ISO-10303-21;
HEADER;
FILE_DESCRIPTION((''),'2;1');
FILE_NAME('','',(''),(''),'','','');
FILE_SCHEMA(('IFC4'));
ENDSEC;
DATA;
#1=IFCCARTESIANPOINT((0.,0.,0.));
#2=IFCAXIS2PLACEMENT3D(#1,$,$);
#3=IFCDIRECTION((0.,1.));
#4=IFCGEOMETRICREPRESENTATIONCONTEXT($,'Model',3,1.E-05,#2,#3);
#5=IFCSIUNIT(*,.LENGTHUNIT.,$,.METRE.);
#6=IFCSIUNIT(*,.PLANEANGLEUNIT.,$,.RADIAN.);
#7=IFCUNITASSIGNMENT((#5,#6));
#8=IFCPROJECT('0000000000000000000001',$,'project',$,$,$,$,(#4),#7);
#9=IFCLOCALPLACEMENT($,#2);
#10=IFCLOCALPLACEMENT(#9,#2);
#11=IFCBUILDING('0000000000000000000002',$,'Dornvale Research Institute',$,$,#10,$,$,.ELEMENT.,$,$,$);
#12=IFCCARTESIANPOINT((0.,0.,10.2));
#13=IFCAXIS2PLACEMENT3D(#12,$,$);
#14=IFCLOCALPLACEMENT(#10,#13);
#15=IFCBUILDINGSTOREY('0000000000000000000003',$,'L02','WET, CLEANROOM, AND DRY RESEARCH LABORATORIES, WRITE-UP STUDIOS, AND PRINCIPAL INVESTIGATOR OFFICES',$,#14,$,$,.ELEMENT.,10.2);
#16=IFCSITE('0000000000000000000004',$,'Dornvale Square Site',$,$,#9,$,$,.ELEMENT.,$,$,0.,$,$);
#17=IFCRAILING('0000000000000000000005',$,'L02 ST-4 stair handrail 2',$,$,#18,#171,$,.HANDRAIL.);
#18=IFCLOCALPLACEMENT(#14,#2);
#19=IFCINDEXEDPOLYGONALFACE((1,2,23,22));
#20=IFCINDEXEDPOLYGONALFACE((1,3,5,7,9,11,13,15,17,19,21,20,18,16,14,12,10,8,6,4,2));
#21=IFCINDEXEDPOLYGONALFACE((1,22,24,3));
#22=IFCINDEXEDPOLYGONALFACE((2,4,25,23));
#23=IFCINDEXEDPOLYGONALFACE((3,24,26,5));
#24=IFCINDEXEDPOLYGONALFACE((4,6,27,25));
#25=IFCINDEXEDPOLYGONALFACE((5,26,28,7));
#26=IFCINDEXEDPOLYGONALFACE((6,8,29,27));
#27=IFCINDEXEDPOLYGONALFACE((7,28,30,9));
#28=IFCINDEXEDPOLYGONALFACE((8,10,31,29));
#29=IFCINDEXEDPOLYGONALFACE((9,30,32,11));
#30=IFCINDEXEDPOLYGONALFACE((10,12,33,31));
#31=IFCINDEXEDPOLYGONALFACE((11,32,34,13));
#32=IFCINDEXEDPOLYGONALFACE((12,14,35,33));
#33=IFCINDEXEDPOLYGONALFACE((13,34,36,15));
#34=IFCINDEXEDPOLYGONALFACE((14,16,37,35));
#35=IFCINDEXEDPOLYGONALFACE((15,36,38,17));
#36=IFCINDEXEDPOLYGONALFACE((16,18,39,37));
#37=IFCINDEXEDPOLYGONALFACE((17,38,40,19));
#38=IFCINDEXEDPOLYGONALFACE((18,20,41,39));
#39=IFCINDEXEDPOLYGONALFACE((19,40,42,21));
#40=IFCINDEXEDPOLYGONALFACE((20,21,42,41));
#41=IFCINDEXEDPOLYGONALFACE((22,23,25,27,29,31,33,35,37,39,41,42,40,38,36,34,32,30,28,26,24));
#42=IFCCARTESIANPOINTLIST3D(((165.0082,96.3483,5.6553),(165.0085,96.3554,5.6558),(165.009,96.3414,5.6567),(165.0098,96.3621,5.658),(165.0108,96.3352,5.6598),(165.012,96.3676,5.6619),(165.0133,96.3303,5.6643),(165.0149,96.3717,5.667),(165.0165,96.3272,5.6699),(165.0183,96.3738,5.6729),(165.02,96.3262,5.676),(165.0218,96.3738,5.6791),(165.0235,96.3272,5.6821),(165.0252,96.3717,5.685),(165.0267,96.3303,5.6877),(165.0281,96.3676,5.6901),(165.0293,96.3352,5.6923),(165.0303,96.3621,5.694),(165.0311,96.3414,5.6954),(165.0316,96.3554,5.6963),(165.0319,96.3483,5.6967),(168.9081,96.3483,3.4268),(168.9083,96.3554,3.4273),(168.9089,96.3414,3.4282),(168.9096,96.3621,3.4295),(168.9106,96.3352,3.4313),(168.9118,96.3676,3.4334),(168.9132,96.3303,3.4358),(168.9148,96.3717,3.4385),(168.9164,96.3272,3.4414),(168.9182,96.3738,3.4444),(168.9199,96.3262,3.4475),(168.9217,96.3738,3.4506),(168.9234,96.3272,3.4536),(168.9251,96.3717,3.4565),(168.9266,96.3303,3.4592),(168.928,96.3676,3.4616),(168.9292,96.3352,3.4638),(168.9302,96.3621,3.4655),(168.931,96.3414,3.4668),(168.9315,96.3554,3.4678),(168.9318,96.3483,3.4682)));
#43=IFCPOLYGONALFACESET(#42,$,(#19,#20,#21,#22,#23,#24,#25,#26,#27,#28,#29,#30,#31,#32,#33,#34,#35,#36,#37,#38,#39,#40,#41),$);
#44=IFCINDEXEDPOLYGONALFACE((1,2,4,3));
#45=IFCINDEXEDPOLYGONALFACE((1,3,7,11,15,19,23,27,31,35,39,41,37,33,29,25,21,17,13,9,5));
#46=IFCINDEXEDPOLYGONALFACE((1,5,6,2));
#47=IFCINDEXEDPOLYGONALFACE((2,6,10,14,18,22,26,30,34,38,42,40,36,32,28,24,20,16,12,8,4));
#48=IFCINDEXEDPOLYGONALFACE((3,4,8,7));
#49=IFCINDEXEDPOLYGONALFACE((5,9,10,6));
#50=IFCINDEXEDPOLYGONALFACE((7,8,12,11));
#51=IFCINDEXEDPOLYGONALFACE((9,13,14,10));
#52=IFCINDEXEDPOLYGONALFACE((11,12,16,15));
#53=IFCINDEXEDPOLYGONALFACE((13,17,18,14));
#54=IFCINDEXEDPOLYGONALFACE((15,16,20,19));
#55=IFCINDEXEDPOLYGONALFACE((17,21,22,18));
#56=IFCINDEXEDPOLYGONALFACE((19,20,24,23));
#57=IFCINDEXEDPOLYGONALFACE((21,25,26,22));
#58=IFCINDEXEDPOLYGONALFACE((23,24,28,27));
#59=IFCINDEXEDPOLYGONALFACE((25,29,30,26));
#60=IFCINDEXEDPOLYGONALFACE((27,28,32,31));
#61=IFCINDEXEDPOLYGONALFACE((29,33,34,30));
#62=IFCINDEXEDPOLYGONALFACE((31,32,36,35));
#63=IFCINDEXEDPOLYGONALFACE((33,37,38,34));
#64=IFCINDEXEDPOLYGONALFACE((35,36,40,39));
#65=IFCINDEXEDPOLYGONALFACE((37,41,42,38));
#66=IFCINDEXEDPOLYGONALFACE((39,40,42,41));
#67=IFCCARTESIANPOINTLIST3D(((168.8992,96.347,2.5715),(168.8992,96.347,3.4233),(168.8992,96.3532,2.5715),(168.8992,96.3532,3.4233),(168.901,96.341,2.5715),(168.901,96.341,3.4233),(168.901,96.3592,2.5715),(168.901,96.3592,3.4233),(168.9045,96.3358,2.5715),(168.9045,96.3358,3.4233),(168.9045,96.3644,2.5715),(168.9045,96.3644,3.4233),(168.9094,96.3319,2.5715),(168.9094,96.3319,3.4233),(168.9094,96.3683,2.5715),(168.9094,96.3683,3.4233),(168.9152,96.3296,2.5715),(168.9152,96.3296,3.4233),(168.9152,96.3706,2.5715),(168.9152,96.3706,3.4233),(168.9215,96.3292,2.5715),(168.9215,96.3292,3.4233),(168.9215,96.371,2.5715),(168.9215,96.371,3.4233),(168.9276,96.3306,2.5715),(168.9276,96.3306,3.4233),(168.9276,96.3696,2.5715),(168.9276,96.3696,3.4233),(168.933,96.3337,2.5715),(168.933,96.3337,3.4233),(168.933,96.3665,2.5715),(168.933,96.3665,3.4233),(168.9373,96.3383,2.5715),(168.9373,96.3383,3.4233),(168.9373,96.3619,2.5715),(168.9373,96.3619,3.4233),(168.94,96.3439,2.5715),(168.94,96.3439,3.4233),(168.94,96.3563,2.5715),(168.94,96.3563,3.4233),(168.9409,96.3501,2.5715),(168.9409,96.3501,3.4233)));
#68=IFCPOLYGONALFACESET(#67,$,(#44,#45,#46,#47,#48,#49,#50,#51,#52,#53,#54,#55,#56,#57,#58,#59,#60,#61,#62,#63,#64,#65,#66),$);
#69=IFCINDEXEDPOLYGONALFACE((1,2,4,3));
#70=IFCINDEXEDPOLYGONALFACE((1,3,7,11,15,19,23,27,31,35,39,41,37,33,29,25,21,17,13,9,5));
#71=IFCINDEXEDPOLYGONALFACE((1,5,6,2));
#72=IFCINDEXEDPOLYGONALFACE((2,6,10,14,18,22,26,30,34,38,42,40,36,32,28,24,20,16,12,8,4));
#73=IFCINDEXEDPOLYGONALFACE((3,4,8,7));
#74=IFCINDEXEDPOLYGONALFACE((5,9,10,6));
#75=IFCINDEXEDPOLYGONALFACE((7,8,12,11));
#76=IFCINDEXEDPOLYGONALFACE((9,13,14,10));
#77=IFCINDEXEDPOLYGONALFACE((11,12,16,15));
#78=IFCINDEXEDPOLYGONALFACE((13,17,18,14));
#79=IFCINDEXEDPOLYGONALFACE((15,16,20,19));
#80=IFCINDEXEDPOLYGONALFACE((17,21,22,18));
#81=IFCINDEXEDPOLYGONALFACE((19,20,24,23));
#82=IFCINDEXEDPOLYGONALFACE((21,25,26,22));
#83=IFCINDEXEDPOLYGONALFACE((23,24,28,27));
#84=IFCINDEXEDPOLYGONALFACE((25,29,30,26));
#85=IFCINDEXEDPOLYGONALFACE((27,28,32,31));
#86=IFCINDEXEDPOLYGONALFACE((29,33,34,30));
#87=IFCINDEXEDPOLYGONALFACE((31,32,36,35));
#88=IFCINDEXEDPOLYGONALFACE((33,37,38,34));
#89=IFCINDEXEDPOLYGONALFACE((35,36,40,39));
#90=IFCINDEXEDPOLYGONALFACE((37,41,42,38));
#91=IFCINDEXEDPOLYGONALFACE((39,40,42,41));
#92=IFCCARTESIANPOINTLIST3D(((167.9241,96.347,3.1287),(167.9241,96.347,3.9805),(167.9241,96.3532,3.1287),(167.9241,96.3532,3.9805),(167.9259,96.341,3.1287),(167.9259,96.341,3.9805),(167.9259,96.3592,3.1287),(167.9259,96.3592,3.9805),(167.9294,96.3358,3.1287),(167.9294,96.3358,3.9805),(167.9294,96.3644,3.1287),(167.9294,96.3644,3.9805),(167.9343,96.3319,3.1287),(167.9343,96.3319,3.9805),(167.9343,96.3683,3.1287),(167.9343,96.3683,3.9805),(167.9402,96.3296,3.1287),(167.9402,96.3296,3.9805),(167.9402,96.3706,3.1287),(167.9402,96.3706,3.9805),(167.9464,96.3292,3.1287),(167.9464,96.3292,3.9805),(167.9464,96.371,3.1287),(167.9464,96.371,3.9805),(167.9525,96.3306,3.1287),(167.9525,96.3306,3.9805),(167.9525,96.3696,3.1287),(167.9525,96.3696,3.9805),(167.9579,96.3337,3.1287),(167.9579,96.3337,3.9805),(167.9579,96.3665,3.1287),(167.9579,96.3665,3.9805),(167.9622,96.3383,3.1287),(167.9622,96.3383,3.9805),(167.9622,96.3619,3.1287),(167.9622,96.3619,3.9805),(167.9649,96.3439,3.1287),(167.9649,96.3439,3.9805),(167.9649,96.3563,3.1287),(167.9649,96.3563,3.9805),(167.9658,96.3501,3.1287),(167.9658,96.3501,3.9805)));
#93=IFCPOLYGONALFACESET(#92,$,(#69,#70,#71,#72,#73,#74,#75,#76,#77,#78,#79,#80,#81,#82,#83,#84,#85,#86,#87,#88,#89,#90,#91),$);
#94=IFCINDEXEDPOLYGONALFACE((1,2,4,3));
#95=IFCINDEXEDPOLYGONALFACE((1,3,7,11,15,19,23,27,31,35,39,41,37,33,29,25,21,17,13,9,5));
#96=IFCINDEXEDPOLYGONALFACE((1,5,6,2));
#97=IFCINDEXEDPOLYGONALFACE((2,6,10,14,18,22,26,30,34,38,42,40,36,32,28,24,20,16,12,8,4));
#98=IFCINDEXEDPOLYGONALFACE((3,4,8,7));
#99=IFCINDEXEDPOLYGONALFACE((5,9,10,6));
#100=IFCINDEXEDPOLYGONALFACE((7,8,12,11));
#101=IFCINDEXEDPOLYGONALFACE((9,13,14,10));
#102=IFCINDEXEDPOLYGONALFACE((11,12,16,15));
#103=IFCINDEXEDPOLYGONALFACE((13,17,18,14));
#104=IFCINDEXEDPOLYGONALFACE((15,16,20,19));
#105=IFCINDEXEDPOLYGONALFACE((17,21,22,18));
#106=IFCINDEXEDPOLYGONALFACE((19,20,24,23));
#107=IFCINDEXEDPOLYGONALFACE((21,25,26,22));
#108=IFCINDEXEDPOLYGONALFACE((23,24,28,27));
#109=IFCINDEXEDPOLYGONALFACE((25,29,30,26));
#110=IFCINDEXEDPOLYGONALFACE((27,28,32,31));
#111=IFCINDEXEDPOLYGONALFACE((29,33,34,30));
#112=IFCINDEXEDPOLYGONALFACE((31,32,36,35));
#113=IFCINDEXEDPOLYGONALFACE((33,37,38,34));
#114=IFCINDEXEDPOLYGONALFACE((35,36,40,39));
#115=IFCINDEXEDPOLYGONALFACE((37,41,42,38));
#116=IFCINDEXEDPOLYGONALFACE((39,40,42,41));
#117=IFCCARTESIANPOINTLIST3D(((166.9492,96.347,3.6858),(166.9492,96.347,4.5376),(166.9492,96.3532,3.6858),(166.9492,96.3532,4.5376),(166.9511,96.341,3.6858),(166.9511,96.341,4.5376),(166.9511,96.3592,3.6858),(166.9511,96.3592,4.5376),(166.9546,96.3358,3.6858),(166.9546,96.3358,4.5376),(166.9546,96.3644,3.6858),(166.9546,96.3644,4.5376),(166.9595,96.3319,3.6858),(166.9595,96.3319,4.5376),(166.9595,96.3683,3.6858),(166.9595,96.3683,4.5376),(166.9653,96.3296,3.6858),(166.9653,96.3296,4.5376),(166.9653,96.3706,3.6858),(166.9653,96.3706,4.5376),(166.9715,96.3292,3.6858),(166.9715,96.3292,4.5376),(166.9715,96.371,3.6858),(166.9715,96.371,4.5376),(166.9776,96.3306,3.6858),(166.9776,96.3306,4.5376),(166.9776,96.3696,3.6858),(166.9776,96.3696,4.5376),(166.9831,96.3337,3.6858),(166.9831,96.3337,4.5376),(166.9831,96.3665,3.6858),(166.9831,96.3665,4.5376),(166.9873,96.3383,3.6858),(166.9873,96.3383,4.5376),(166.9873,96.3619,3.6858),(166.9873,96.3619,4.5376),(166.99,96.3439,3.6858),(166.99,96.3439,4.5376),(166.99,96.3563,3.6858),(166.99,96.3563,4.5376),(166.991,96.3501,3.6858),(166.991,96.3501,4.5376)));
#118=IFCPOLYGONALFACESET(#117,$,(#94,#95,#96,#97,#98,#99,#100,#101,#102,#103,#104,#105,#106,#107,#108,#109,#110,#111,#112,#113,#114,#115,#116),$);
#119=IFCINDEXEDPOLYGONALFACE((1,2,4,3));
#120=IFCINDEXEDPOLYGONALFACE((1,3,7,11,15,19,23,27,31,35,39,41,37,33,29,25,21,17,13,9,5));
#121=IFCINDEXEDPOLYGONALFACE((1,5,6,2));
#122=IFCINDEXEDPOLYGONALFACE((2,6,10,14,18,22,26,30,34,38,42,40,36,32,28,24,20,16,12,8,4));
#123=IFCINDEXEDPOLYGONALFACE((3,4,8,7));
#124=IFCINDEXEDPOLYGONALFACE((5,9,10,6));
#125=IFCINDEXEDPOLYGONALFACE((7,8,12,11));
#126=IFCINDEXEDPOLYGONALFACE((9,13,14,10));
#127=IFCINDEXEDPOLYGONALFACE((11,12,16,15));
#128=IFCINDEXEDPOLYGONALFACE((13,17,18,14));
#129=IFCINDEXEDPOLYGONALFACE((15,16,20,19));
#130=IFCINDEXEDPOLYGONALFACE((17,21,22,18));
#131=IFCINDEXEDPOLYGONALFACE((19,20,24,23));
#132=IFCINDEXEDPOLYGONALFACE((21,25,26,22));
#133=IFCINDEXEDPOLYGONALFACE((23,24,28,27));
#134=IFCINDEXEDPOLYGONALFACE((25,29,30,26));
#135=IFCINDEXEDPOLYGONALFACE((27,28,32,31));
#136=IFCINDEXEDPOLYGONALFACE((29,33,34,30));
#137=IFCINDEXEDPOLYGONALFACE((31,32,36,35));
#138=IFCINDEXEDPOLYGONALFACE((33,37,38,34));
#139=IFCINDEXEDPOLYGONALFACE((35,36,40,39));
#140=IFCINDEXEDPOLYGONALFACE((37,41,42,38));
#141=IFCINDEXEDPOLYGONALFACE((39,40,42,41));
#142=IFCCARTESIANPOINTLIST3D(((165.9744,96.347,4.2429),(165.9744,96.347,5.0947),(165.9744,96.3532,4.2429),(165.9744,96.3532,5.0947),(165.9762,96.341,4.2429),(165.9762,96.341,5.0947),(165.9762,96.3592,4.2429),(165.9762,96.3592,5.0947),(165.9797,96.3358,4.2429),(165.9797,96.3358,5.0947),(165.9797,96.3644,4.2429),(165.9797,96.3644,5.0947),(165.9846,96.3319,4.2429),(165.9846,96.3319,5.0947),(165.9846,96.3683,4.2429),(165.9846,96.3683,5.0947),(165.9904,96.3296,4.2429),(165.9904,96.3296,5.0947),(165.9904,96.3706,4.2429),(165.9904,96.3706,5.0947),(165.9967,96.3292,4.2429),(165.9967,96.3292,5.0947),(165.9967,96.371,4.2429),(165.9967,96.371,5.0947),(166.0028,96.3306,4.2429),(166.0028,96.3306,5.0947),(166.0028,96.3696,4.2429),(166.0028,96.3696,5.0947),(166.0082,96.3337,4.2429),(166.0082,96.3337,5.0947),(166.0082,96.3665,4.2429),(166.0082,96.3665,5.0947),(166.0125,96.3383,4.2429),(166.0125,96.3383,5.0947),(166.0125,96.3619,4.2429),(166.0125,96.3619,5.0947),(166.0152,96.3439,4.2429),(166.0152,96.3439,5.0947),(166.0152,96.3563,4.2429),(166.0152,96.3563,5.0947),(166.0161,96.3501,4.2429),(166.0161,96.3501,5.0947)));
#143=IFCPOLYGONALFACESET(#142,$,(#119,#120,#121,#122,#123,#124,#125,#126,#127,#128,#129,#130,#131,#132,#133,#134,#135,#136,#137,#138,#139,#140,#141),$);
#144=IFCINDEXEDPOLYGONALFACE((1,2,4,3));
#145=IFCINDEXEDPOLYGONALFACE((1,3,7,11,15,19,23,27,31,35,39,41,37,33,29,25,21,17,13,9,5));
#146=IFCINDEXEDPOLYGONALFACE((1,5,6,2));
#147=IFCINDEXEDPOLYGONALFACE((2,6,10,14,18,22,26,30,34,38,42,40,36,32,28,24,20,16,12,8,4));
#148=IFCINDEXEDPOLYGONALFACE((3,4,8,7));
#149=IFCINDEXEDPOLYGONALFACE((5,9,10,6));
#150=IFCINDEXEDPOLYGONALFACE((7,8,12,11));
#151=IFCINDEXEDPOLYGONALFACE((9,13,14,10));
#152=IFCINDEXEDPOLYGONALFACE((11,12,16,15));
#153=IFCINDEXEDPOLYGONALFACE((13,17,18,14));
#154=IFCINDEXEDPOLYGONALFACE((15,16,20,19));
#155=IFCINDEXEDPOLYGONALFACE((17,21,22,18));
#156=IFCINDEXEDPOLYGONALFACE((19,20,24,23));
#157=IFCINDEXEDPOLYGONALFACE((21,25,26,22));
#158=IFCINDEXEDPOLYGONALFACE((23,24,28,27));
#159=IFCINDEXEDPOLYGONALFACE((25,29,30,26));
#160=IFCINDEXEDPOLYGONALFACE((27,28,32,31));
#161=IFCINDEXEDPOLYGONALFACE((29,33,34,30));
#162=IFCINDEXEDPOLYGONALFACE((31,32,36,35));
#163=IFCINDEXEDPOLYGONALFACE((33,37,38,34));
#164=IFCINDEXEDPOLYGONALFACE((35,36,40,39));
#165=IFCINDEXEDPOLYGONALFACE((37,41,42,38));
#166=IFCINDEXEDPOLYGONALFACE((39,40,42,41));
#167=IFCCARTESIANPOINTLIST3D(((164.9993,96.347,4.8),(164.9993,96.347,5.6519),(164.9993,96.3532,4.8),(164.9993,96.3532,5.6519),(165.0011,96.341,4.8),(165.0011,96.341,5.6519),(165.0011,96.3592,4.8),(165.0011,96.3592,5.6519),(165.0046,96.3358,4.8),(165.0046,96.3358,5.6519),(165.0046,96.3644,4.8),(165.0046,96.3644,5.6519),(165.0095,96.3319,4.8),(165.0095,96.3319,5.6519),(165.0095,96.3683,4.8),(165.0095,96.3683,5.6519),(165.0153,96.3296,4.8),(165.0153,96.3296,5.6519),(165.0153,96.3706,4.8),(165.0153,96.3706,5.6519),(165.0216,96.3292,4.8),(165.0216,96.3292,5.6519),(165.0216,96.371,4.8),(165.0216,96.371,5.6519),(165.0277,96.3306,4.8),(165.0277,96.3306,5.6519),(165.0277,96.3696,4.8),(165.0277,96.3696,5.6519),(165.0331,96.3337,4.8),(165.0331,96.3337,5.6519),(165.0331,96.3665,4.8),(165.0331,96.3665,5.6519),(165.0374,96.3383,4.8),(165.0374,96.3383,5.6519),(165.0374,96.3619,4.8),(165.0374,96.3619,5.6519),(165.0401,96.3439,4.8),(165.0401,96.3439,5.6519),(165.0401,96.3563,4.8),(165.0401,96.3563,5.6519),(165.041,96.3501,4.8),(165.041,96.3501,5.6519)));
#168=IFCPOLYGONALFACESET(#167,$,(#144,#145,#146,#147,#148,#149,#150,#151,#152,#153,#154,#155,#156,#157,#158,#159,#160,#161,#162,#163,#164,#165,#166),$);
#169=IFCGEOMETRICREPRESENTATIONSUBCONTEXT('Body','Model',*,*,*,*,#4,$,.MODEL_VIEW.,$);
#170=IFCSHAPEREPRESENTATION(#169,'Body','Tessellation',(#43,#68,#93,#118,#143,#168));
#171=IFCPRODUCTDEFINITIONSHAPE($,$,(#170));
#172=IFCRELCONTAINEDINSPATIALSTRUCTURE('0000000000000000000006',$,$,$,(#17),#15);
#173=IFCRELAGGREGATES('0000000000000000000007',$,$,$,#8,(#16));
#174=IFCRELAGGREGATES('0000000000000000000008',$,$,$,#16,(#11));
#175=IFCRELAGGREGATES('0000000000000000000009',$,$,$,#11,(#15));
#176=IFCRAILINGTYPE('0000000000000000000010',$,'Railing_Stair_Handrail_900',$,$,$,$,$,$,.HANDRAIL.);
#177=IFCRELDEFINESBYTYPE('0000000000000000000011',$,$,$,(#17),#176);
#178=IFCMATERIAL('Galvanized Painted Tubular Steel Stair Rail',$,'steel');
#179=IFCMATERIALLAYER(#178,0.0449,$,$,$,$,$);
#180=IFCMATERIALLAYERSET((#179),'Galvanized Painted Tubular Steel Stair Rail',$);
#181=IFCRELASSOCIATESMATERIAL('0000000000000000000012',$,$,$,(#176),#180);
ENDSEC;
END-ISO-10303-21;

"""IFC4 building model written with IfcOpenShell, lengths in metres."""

from ifc_helpers import new_model, si_unit, direction, frame, origin, origin_2d, place, context, subcontext, project, spatial, circle, extrude, material, layer, layer_set, type_object, element, save


model = new_model("IFC4")

# Units and contexts
model_context = context("Model", 3, precision=1e-05, world=origin(), true_north=direction((0.0, 1.0)))
body_context = subcontext(model_context, "Body", "Model", "MODEL_VIEW")
ifc_project = project(units=[si_unit("LENGTHUNIT", "METRE"), si_unit("PLANEANGLEUNIT", "RADIAN")], contexts=[model_context])

# Site, building, storey
site_placement = place(None, origin())
site = spatial("IfcSite", under=ifc_project, at=site_placement, Name="Dornvale Square Site", CompositionType="ELEMENT", RefElevation=0.0)
building_placement = place(site_placement, origin())
building = spatial("IfcBuilding", under=site, at=building_placement, Name="Dornvale Research Institute", CompositionType="ELEMENT")
storey_placement = place(building_placement, frame((0.0, 0.0, 10.2)))
storey = spatial("IfcBuildingStorey", under=building, at=storey_placement, Name="L02", Description="WET, CLEANROOM, AND DRY RESEARCH LABORATORIES, WRITE-UP STUDIOS, AND PRINCIPAL INVESTIGATOR OFFICES", CompositionType="ELEMENT", Elevation=10.2)

# Railing
ifc_material_1 = material(Name="Galvanized Painted Tubular Steel Stair Rail", Category="steel")
ifc_layer_1 = layer(ifc_material_1, 0.0449)
ifc_layer_set_1 = layer_set([ifc_layer_1], Name="Galvanized Painted Tubular Steel Stair Rail")
railing_type_1 = type_object("IfcRailingType", Name="Railing_Stair_Handrail_900", PredefinedType="HANDRAIL", material=ifc_layer_set_1)
railing_1_placement = place(storey_placement, frame((168.9199, 96.3501, 2.5715)))
element("IfcRailing", 1, at=railing_1_placement, inside=storey, type_object=railing_type_1, Name="L02 ST-4 stair handrail 2", PredefinedType="HANDRAIL", context=body_context, shape_type="SweptSolid", body=[
    extrude(circle(Radius=0.0239, at=origin_2d()), frame((0.0, 0.0, 0.876), z_axis=(-0.868243, 0.0, 0.496139), x_axis=(0.0, -1.0, 0.0)), (0.0, 0.0, 1.0), 4.4917),
    extrude(circle(Radius=0.021, at=origin_2d()), origin(), (0.0, 0.0, 1.0), 0.8518),
    extrude(circle(Radius=0.021, at=origin_2d()), frame((-0.9751, 0.0, 0.5571)), (0.0, 0.0, 1.0), 0.8518),
    extrude(circle(Radius=0.021, at=origin_2d()), frame((-1.95, 0.0, 1.1143)), (0.0, 0.0, 1.0), 0.8518),
    extrude(circle(Radius=0.021, at=origin_2d()), frame((-2.9248, 0.0, 1.6714)), (0.0, 0.0, 1.0), 0.8518),
    extrude(circle(Radius=0.021, at=origin_2d()), frame((-3.8999, 0.0, 2.2285)), (0.0, 0.0, 1.0), 0.8518),
])

save(model, "model.ifc")
